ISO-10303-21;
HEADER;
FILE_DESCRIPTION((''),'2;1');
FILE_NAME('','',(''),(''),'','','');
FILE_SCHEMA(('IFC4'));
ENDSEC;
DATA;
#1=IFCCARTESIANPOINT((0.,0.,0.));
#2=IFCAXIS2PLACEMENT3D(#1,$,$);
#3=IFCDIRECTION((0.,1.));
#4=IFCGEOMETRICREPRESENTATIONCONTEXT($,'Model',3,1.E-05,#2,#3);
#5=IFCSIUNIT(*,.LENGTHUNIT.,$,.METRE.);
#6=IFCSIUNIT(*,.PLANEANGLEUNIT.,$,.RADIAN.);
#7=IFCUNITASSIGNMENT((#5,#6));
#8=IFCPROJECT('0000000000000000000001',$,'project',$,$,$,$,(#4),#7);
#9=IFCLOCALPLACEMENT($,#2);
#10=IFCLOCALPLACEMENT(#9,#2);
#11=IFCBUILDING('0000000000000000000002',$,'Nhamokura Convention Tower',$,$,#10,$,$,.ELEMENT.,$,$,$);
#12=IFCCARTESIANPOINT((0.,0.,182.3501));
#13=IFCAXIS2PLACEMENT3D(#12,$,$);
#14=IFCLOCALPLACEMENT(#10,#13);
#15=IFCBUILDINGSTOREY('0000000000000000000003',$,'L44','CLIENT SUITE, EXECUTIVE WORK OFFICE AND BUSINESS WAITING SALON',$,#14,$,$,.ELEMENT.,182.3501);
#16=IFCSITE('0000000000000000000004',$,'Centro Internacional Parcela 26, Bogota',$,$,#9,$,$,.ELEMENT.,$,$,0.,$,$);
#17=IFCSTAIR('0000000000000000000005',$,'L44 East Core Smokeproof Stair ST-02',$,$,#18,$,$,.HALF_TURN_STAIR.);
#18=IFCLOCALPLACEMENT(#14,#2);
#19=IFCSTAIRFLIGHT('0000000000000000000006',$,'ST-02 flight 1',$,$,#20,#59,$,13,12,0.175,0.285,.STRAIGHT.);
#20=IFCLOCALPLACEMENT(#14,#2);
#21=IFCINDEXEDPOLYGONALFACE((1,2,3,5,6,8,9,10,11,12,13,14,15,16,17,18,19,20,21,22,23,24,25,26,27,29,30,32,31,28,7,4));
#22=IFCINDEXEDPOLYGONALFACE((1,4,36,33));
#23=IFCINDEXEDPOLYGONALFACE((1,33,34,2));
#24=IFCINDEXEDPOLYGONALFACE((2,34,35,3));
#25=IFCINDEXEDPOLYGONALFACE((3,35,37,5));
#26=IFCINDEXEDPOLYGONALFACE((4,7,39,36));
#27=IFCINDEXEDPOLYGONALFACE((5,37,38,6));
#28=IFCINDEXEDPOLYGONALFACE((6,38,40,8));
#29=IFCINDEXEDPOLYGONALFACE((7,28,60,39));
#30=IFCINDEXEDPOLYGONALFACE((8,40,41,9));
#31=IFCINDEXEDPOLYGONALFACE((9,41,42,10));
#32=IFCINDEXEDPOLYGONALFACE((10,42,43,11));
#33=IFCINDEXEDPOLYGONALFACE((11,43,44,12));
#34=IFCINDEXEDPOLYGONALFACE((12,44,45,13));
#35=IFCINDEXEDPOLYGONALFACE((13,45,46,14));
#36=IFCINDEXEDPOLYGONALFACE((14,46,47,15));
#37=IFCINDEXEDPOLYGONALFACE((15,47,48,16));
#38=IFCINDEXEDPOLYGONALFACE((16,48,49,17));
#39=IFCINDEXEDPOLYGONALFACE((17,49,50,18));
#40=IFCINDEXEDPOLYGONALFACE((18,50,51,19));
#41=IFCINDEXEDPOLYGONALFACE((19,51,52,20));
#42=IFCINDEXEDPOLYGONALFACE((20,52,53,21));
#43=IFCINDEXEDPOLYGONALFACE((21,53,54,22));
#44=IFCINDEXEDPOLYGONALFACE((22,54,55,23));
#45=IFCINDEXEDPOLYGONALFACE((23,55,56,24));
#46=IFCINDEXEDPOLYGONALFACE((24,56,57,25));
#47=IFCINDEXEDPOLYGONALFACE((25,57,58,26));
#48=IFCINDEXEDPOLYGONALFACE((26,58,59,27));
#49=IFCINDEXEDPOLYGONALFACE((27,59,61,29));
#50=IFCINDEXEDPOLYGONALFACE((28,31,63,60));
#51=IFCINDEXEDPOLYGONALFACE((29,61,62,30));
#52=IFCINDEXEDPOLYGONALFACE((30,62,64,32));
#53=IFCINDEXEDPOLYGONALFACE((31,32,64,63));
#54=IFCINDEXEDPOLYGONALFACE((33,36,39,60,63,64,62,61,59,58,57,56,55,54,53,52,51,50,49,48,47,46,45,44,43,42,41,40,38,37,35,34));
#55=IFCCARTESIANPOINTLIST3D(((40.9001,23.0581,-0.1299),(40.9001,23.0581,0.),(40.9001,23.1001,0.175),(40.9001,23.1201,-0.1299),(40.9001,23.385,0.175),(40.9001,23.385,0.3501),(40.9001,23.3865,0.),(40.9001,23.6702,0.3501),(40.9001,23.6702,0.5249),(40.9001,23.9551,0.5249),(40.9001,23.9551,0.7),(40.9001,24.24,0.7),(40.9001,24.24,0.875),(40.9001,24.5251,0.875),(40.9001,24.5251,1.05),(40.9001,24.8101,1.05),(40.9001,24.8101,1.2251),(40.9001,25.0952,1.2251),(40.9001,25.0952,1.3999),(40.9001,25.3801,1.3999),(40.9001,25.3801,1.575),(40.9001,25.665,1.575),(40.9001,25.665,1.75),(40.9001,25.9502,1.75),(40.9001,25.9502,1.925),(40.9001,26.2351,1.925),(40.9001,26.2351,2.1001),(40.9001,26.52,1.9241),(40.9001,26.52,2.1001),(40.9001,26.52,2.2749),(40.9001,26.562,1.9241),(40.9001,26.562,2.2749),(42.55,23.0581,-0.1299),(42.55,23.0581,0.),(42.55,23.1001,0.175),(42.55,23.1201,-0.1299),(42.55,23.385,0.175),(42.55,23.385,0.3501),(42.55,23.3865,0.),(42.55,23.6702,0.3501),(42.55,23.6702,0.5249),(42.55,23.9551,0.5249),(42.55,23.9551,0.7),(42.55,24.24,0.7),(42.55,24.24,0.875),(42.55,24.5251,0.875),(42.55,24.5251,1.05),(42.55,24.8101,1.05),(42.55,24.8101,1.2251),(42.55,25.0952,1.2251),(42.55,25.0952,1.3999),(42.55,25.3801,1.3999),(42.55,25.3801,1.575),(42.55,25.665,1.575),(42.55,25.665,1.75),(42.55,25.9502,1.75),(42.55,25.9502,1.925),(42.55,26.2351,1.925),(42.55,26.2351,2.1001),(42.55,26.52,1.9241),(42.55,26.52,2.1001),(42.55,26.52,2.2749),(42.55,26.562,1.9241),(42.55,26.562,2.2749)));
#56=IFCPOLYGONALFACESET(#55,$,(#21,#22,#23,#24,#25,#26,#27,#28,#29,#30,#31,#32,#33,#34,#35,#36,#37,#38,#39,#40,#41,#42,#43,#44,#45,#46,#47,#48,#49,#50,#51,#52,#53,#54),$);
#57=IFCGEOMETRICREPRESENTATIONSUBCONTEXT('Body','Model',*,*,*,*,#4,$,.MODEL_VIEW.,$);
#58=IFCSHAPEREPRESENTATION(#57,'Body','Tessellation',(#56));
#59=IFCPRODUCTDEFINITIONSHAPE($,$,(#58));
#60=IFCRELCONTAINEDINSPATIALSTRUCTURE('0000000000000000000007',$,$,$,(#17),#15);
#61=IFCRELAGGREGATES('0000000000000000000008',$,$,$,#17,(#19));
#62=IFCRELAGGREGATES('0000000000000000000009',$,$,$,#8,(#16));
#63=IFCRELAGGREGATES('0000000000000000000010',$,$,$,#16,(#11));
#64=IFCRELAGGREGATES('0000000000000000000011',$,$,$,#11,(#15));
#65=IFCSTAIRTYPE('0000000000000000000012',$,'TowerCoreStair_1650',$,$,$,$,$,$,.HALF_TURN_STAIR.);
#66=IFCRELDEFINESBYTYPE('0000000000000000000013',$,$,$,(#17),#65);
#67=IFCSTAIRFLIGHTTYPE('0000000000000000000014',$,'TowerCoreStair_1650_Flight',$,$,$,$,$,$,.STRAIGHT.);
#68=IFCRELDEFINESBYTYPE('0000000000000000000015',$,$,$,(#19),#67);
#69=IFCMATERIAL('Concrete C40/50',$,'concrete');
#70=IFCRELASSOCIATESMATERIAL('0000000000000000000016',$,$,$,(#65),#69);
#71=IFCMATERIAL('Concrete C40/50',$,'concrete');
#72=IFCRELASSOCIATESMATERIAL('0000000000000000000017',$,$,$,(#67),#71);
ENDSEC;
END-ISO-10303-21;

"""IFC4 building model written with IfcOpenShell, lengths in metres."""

from ifc_helpers import new_model, si_unit, direction, frame, origin, place, context, subcontext, project, spatial, polyline, outline, extrude, material, type_object, element, aggregate, save


model = new_model("IFC4")

# Units and contexts
model_context = context("Model", 3, precision=1e-05, world=origin(), true_north=direction((0.0, 1.0)))
body_context = subcontext(model_context, "Body", "Model", "MODEL_VIEW")
ifc_project = project(units=[si_unit("LENGTHUNIT", "METRE"), si_unit("PLANEANGLEUNIT", "RADIAN")], contexts=[model_context])

# Site, building, storey
site_placement = place(None, origin())
site = spatial("IfcSite", under=ifc_project, at=site_placement, Name="Centro Internacional Parcela 26, Bogota", CompositionType="ELEMENT", RefElevation=0.0)
building_placement = place(site_placement, origin())
building = spatial("IfcBuilding", under=site, at=building_placement, Name="Nhamokura Convention Tower", CompositionType="ELEMENT")
storey_placement = place(building_placement, frame((0.0, 0.0, 182.3501)))
storey = spatial("IfcBuildingStorey", under=building, at=storey_placement, Name="L44", Description="CLIENT SUITE, EXECUTIVE WORK OFFICE AND BUSINESS WAITING SALON", CompositionType="ELEMENT", Elevation=182.3501)

# Stair, stair flight
ifc_material_1 = material(Name="Concrete C40/50", Category="concrete")
stair_type = type_object("IfcStairType", Name="TowerCoreStair_1650", PredefinedType="HALF_TURN_STAIR", material=ifc_material_1)
stair_placement = place(storey_placement, origin())
stair = element("IfcStair", 1, at=stair_placement, inside=storey, type_object=stair_type, Name="L44 East Core Smokeproof Stair ST-02", PredefinedType="HALF_TURN_STAIR")
ifc_material_2 = material(Name="Concrete C40/50", Category="concrete")
stair_flight_type = type_object("IfcStairFlightType", Name="TowerCoreStair_1650_Flight", PredefinedType="STRAIGHT", material=ifc_material_2)
stair_flight_placement = place(storey_placement, frame((41.7251, 23.1001, 0.0), z_axis=(0.0, 0.0, 1.0), x_axis=(0.0, 1.0, 0.0)))
stair_flight = element("IfcStairFlight", 2, at=stair_flight_placement, type_object=stair_flight_type, Name="ST-02 flight 1", NumberOfRisers=13, NumberOfTreads=12, PredefinedType="STRAIGHT", RiserHeight=0.175, TreadLength=0.285, context=body_context, shape_type="SweptSolid", body=[
    extrude(outline(polyline([(-0.042, 0.0), (0.0, 0.175), (0.2849, 0.175), (0.2849, 0.3501), (0.5701, 0.3501), (0.5701, 0.5249), (0.855, 0.5249), (0.855, 0.7), (1.1399, 0.7), (1.1399, 0.875), (1.425, 0.875), (1.425, 1.05), (1.71, 1.05), (1.71, 1.2251), (1.9951, 1.2251), (1.9951, 1.3999), (2.28, 1.3999), (2.28, 1.575), (2.5649, 1.575), (2.5649, 1.75), (2.8501, 1.75), (2.8501, 1.925), (3.135, 1.925), (3.135, 2.1001), (3.4199, 2.1001), (3.4199, 2.2749), (3.4619, 2.2749), (3.4619, 1.9241), (3.4199, 1.9241), (0.2864, 0.0), (0.02, -0.1299), (-0.042, -0.1299), (-0.042, 0.0)])), frame((0.0, 0.825, 0.0), z_axis=(0.0, -1.0, 0.0), x_axis=(1.0, 0.0, 0.0)), (0.0, 0.0, 1.0), 1.6499),
])
aggregate(stair, [stair_flight])

save(model, "model.ifc")
